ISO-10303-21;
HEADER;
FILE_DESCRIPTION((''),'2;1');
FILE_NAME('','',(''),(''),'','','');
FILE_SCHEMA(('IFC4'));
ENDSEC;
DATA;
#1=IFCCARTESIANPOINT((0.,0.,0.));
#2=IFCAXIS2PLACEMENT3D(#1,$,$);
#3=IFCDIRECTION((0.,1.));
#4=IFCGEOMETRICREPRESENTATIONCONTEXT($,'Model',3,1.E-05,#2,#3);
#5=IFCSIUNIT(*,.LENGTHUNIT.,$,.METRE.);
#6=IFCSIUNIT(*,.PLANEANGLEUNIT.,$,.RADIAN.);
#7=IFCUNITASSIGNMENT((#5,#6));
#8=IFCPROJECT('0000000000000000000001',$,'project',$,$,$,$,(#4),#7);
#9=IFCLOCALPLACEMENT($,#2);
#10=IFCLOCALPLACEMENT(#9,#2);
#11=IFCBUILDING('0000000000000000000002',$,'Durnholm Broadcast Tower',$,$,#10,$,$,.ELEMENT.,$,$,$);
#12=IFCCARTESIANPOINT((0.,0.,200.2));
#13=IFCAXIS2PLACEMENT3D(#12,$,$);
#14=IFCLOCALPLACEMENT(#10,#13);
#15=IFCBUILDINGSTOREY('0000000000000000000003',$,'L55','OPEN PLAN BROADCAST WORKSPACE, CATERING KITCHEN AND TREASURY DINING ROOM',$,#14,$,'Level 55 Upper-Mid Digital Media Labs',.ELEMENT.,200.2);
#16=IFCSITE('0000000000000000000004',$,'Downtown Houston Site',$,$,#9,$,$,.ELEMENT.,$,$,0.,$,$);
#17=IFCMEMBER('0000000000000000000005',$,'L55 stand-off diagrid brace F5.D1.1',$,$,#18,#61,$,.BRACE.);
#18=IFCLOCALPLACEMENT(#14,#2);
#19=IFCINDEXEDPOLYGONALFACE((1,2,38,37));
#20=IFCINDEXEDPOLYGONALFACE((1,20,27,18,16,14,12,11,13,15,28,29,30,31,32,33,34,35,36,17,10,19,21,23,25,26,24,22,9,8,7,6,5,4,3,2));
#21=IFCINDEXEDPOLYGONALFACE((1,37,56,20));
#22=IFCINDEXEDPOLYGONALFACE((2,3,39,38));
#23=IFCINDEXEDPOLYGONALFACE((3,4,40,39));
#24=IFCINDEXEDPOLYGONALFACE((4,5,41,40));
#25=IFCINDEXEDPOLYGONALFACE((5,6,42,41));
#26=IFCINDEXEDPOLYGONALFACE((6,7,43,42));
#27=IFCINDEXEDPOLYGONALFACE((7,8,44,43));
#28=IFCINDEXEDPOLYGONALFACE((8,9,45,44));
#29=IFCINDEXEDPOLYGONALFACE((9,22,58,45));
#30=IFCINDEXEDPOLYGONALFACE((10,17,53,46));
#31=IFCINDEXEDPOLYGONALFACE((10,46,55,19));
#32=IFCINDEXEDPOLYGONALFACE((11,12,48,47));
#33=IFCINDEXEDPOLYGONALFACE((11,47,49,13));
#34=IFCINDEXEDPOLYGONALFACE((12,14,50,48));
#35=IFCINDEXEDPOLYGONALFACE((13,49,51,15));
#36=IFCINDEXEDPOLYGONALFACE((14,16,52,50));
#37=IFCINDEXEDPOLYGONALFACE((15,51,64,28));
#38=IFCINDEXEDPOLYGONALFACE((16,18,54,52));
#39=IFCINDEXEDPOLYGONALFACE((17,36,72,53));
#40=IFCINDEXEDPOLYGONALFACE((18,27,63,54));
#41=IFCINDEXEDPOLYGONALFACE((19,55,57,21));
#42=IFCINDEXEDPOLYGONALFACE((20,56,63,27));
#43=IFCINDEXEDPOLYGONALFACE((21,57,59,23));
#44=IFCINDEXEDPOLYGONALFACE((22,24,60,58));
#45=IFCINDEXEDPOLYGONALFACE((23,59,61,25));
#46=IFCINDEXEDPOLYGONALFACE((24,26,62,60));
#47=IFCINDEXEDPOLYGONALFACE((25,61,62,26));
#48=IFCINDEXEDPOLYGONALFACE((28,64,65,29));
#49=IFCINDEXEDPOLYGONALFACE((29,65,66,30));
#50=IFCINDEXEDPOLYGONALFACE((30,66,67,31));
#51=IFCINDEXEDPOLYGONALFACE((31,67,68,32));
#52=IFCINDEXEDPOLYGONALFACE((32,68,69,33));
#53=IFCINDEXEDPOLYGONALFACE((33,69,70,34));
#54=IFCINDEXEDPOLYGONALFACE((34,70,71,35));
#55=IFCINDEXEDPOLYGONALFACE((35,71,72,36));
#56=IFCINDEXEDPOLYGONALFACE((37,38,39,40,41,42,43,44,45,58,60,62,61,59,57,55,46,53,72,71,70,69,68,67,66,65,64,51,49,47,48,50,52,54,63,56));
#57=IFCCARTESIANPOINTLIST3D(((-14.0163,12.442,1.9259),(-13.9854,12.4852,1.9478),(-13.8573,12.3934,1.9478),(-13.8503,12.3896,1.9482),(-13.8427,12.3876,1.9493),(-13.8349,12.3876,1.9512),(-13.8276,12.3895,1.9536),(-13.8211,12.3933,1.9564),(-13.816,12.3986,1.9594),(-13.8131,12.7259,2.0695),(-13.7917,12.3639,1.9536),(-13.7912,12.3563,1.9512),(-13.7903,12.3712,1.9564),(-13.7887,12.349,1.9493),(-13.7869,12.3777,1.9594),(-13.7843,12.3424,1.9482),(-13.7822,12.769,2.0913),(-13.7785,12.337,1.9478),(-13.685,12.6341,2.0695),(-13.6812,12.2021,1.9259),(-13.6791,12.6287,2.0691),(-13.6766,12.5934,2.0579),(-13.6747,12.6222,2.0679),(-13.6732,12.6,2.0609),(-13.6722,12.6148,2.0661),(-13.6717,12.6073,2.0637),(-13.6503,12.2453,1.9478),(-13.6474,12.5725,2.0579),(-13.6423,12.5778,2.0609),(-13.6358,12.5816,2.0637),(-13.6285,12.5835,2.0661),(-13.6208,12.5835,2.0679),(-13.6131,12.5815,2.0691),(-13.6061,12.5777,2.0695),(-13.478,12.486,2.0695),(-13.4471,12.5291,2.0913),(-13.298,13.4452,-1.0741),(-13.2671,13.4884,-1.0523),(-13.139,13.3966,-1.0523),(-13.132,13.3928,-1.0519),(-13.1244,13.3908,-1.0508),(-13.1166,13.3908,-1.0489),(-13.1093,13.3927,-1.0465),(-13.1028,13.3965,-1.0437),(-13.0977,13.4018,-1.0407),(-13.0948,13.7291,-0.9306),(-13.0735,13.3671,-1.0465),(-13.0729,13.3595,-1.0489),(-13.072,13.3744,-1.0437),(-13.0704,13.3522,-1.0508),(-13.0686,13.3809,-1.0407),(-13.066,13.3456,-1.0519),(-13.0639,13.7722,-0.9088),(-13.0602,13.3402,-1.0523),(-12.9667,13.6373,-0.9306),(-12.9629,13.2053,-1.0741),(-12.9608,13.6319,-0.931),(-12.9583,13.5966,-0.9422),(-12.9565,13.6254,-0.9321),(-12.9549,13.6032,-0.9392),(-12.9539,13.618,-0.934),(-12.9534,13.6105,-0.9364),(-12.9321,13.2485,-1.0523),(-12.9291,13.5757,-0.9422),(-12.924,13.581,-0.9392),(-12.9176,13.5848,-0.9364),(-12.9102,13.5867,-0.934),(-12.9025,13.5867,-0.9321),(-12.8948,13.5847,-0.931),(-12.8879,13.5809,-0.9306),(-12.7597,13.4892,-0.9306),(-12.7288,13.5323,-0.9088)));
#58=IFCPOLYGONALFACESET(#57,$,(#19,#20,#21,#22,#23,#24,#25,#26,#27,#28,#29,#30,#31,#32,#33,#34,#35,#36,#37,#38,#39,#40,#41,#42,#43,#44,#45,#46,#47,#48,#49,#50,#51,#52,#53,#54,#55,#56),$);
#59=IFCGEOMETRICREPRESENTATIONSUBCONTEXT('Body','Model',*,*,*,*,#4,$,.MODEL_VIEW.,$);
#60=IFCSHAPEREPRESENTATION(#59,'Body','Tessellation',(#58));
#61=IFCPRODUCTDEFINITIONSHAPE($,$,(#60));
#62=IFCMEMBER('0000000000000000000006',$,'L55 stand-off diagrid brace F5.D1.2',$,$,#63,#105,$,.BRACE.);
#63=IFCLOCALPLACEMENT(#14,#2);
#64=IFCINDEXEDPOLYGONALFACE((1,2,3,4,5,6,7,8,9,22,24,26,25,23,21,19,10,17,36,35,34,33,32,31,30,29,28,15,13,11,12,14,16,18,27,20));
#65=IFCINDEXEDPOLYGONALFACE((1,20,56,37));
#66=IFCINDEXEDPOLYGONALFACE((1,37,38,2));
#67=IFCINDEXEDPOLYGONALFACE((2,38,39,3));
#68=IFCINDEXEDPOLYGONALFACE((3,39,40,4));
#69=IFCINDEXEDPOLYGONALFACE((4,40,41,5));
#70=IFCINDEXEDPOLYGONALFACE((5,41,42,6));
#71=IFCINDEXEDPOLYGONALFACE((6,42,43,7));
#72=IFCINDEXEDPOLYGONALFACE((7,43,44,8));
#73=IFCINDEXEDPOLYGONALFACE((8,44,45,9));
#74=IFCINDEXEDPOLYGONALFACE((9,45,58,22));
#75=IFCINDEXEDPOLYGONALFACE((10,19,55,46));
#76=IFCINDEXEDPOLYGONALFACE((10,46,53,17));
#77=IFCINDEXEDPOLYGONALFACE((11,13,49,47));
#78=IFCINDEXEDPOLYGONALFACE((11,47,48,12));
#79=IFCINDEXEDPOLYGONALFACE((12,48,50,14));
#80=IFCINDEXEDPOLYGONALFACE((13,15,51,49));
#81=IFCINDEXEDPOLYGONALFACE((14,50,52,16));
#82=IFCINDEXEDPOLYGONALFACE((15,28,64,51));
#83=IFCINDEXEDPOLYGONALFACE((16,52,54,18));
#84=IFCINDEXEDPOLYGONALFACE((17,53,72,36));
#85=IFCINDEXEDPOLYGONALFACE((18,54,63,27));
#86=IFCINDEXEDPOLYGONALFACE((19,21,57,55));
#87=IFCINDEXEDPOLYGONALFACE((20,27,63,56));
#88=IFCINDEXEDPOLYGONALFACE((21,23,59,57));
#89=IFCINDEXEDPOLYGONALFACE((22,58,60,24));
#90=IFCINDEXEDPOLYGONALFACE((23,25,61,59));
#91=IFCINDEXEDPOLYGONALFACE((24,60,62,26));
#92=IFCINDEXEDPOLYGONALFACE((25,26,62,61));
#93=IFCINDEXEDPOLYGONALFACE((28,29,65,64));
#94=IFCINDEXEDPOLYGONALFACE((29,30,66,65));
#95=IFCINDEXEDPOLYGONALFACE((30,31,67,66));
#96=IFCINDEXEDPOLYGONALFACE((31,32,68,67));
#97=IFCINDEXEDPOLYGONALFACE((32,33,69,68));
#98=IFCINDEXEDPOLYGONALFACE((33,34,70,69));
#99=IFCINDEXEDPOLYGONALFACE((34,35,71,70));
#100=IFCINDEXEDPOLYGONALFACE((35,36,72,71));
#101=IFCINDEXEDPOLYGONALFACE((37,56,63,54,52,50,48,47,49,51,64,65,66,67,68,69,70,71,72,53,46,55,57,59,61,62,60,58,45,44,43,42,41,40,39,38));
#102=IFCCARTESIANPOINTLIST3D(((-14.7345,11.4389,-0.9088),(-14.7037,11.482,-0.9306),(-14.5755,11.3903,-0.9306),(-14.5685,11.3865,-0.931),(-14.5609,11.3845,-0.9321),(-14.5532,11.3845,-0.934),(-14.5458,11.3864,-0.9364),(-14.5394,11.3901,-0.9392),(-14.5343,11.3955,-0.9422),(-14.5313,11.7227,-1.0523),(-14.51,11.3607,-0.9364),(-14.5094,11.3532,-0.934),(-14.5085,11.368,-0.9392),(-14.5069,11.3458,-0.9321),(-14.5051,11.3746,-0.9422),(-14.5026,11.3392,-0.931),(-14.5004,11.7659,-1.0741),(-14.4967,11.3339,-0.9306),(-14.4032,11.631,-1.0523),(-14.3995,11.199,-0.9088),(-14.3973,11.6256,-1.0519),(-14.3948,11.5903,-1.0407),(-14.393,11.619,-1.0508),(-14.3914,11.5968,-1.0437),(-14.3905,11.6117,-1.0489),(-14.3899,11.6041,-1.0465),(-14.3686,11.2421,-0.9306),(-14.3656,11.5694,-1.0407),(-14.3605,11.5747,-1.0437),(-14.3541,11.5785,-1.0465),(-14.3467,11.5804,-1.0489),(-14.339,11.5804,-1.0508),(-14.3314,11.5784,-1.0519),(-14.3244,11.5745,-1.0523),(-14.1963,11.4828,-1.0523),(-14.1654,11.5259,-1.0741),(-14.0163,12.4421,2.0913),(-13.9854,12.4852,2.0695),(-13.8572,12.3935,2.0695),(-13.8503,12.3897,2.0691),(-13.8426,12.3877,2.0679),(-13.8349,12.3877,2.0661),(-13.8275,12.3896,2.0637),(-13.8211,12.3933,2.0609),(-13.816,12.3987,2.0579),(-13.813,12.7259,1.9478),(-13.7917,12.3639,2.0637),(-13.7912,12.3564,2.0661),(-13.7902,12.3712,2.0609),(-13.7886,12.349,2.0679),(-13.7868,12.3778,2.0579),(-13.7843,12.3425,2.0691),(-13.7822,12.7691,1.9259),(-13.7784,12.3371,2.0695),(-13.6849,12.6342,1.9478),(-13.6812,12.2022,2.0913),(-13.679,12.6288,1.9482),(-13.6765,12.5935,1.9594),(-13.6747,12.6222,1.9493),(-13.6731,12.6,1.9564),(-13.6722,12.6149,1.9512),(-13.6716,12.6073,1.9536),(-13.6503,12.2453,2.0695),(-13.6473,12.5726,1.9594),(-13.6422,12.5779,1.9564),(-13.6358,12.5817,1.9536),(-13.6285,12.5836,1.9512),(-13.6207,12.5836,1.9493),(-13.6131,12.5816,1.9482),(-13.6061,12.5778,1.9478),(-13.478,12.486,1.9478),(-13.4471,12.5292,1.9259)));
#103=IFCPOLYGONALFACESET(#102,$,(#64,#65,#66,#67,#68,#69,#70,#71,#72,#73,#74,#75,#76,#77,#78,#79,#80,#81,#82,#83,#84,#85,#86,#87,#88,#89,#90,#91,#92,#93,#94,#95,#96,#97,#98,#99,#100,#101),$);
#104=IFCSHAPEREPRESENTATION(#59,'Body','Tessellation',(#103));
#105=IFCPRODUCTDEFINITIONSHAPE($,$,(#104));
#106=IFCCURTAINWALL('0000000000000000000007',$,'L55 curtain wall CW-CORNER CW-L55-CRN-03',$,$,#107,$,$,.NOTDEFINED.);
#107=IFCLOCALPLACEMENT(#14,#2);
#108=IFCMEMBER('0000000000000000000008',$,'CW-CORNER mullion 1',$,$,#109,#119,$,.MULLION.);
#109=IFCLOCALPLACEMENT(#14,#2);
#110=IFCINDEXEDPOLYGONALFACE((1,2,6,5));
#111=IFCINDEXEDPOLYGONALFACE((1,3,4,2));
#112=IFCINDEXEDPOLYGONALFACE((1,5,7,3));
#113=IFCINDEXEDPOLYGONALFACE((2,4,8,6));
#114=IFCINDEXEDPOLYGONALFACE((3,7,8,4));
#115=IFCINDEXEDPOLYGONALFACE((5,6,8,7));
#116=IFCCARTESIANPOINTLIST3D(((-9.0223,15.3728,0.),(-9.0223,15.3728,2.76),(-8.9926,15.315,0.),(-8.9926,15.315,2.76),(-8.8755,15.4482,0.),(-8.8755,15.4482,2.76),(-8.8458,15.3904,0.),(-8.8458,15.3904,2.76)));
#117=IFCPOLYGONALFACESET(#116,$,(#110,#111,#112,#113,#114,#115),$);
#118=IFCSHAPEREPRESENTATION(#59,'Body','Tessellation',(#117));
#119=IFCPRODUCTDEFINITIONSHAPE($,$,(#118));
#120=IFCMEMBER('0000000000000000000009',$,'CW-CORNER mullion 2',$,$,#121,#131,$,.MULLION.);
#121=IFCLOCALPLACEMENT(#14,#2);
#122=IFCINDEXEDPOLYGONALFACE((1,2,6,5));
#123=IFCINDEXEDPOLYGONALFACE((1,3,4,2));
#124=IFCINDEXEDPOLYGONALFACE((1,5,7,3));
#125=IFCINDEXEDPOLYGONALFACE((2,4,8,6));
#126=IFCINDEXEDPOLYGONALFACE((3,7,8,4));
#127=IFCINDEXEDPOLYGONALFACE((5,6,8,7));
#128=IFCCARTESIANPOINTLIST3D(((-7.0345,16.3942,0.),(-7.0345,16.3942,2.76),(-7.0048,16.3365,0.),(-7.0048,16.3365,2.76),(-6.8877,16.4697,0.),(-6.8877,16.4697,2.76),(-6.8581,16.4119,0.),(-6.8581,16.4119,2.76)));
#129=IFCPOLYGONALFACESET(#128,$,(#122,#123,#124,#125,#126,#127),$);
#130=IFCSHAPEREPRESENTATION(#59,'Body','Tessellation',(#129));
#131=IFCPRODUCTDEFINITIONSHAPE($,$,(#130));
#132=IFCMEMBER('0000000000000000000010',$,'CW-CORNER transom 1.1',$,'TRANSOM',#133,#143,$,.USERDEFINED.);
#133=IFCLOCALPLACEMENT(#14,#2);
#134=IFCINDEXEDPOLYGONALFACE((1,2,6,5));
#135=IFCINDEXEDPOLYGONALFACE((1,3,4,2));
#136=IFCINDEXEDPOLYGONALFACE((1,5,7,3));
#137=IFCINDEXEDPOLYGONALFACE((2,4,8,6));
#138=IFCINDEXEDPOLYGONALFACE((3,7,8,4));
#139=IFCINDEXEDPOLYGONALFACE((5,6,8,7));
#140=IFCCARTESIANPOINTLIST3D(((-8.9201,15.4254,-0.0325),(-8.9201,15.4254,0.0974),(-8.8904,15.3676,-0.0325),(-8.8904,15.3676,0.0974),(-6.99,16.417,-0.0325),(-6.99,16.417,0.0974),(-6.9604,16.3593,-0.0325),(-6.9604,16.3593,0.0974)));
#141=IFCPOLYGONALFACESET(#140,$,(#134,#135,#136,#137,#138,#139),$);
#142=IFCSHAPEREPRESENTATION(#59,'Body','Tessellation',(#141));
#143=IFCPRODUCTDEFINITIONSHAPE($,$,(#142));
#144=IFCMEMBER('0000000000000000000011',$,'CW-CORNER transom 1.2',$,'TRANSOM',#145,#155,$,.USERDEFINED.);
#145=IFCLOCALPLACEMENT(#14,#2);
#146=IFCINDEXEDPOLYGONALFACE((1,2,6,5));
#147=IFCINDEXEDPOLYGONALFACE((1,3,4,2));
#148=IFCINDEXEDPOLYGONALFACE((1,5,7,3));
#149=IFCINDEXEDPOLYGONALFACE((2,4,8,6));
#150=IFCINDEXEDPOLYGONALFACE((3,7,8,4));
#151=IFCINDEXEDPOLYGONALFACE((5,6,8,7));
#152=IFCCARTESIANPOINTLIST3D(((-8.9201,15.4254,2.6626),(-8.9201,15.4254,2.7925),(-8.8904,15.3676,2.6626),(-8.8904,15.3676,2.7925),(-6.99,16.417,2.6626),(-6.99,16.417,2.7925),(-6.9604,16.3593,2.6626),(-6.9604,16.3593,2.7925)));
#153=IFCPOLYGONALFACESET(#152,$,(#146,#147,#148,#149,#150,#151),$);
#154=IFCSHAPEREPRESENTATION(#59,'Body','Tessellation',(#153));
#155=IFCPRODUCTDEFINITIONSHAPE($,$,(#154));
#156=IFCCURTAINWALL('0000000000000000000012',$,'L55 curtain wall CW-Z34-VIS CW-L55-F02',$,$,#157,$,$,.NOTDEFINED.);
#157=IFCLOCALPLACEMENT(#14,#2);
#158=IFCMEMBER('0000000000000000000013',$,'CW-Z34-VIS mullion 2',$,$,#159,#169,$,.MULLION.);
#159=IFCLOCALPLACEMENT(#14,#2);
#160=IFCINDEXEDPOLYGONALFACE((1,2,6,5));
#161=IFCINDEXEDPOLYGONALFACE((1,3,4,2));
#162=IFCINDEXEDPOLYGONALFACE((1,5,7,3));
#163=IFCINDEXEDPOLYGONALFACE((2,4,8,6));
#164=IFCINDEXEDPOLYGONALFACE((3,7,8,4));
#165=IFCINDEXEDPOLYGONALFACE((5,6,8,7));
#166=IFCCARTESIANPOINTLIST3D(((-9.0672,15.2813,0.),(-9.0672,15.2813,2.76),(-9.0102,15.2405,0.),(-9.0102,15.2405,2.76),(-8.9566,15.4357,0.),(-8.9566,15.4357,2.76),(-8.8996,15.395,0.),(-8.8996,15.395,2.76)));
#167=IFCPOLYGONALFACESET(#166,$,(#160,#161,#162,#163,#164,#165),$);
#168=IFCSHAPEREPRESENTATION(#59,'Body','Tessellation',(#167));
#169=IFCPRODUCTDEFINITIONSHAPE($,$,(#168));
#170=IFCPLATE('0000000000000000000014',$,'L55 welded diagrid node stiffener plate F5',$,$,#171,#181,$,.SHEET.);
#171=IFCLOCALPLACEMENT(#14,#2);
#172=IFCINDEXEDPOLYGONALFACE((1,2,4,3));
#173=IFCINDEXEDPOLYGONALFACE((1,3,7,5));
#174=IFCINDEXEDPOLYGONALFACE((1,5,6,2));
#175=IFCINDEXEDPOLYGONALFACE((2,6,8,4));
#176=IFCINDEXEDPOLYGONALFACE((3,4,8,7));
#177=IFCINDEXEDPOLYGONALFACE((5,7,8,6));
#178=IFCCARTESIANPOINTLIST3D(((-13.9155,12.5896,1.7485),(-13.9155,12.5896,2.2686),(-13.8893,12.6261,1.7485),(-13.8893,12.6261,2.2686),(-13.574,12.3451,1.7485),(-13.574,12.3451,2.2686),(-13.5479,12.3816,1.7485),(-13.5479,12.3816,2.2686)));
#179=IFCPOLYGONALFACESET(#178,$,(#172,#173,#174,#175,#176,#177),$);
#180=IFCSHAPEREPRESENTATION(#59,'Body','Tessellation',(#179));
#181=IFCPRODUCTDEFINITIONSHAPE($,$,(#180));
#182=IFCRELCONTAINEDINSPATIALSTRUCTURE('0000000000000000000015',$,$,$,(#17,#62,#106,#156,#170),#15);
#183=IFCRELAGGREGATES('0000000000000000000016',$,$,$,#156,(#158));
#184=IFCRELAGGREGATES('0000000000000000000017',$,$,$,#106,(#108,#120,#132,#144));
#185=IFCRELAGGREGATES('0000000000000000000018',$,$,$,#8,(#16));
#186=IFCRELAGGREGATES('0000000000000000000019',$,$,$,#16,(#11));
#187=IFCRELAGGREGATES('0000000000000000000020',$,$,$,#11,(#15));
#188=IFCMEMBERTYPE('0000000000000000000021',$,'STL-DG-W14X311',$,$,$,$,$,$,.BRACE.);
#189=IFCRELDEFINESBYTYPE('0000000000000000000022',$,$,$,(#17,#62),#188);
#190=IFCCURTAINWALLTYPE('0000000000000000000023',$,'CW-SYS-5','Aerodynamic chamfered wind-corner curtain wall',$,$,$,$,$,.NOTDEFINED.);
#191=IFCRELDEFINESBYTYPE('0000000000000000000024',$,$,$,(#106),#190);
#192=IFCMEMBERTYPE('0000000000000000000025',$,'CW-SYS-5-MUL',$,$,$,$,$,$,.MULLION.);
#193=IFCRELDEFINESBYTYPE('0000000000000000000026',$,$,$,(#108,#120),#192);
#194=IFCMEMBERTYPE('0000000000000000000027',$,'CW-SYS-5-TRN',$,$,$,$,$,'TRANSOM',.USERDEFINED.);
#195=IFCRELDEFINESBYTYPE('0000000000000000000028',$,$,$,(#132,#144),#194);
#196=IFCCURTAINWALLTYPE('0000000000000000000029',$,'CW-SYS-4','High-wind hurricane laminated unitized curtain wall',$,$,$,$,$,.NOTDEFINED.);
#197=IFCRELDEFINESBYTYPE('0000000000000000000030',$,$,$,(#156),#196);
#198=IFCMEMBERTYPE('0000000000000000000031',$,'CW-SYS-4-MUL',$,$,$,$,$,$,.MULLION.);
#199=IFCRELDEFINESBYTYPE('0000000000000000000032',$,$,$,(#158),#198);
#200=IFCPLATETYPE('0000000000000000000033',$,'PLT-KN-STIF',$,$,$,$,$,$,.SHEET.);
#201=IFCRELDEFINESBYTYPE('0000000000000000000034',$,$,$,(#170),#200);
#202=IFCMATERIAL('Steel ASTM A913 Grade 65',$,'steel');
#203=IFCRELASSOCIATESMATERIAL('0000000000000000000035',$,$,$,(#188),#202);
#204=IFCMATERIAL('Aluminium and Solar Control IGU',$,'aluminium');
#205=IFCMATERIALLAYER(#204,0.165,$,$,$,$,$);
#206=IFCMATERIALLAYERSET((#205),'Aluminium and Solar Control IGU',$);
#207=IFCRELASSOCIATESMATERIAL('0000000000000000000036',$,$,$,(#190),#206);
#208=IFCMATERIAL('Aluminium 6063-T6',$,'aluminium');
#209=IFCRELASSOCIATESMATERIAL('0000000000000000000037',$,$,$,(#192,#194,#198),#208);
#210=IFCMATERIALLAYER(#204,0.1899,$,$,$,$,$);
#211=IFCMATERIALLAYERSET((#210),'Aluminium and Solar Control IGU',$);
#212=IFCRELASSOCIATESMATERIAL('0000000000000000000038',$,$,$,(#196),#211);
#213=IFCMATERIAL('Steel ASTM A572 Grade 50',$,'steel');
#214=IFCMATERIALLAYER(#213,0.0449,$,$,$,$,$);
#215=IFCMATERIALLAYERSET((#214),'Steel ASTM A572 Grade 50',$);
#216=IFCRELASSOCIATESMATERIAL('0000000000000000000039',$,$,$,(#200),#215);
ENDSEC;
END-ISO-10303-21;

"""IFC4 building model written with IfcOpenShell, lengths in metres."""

from ifc_helpers import new_model, si_unit, direction, frame, origin, origin_2d, place, context, subcontext, project, spatial, rectangle, i_section, extrude, source, transform, mapped, material, layer, layer_set, material_profile, profile_set, type_object, type_shapes, element, aggregate, save


model = new_model("IFC4")

# Units and contexts
model_context = context("Model", 3, precision=1e-05, world=origin(), true_north=direction((0.0, 1.0)))
body_context = subcontext(model_context, "Body", "Model", "MODEL_VIEW")
ifc_project = project(units=[si_unit("LENGTHUNIT", "METRE"), si_unit("PLANEANGLEUNIT", "RADIAN")], contexts=[model_context])

# Site, building, storey
site_placement = place(None, origin())
site = spatial("IfcSite", under=ifc_project, at=site_placement, Name="Downtown Houston Site", CompositionType="ELEMENT", RefElevation=0.0)
building_placement = place(site_placement, origin())
building = spatial("IfcBuilding", under=site, at=building_placement, Name="Durnholm Broadcast Tower", CompositionType="ELEMENT")
storey_placement = place(building_placement, frame((0.0, 0.0, 200.2)))
storey = spatial("IfcBuildingStorey", under=building, at=storey_placement, Name="L55", Description="OPEN PLAN BROADCAST WORKSPACE, CATERING KITCHEN AND TREASURY DINING ROOM", LongName="Level 55 Upper-Mid Digital Media Labs", CompositionType="ELEMENT", Elevation=200.2)

# Members
ifc_material_1 = material(Name="Steel ASTM A913 Grade 65", Category="steel")
ifc_material_profile_1 = material_profile(ifc_material_1, i_section(OverallWidth=0.4121, OverallDepth=0.4348, WebThickness=0.0359, FlangeThickness=0.0574, FilletRadius=0.0305, at=origin_2d()), Name="W14X311")
ifc_profile_set_1 = profile_set([ifc_material_profile_1], Name="Steel ASTM A913 Grade 65")
member_type_1 = type_object("IfcMemberType", Name="STL-DG-W14X311", PredefinedType="BRACE", material=ifc_profile_set_1)
shared_shape_1 = source(origin(), body_context, "Body", "SweptSolid", [
    extrude(i_section(OverallWidth=0.4121, OverallDepth=0.4348, WebThickness=0.0359, FlangeThickness=0.0574, FilletRadius=0.0305, at=origin_2d()), origin(), (0.0, 0.0, 1.0), 3.2439),
])
type_shapes(member_type_1, [shared_shape_1])
for number, where, z_axis, x_axis, name in (
    (1, (-13.0134, 13.4888, -0.9915), (-0.221426, -0.309259, 0.92484), (0.813078, -0.582155, 0.0), "L55 stand-off diagrid brace F5.D1.1"),
    (2, (-14.45, 11.4824, -0.9915), (0.221426, 0.309259, 0.92484), (-0.813078, 0.582155, 0.0), "L55 stand-off diagrid brace F5.D1.2"),
):
    element("IfcMember", number, at=place(storey_placement, frame(where, z_axis=z_axis, x_axis=x_axis)), inside=storey, type_object=member_type_1, Name=name, PredefinedType="BRACE", context=body_context, shape_type="MappedRepresentation", body=[
        mapped(shared_shape_1, transform((0.0, 0.0, 0.0), x_axis=(1.0, 0.0, 0.0), y_axis=(0.0, 1.0, 0.0), z_axis=(0.0, 0.0, 1.0), scale=1.0)),
    ])

# Curtain wall, members
ifc_material_2 = material(Name="Aluminium and Solar Control IGU", Category="aluminium")
ifc_layer_1 = layer(ifc_material_2, 0.165)
ifc_layer_set_1 = layer_set([ifc_layer_1], Name="Aluminium and Solar Control IGU")
curtain_wall_type_1 = type_object("IfcCurtainWallType", Name="CW-SYS-5", Description="Aerodynamic chamfered wind-corner curtain wall", PredefinedType="NOTDEFINED", material=ifc_layer_set_1)
curtain_wall_1_placement = place(storey_placement, origin())
curtain_wall_1 = element("IfcCurtainWall", 3, at=curtain_wall_1_placement, inside=storey, type_object=curtain_wall_type_1, Name="L55 curtain wall CW-CORNER CW-L55-CRN-03", PredefinedType="NOTDEFINED")
ifc_material_3 = material(Name="Aluminium 6063-T6", Category="aluminium")
ifc_material_profile_2 = material_profile(ifc_material_3, rectangle(XDim=0.0649, YDim=0.165, at=origin_2d()), Name="CWM65X165")
ifc_profile_set_2 = profile_set([ifc_material_profile_2], Name="Aluminium 6063-T6")
member_type_2 = type_object("IfcMemberType", Name="CW-SYS-5-MUL", PredefinedType="MULLION", material=ifc_profile_set_2)
shared_shape_2 = source(origin(), body_context, "Body", "SweptSolid", [
    extrude(rectangle(XDim=0.0649, YDim=0.165, at=origin_2d()), origin(), (0.0, 0.0, 1.0), 2.76),
])
type_shapes(member_type_2, [shared_shape_2])
member_1_placement = place(storey_placement, frame((-8.9341, 15.3816, 0.0), z_axis=(0.0, 0.0, 1.0), x_axis=(-0.457082, 0.889425, 0.0)))
member_1 = element("IfcMember", 4, at=member_1_placement, type_object=member_type_2, Name="CW-CORNER mullion 1", PredefinedType="MULLION", context=body_context, shape_type="MappedRepresentation", body=[
    mapped(shared_shape_2, transform((0.0, 0.0, 0.0), x_axis=(1.0, 0.0, 0.0), y_axis=(0.0, 1.0, 0.0), z_axis=(0.0, 0.0, 1.0), scale=1.0)),
])
member_2_placement = place(storey_placement, frame((-6.9463, 16.4031, 0.0), z_axis=(0.0, 0.0, 1.0), x_axis=(-0.457082, 0.889425, 0.0)))
member_2 = element("IfcMember", 5, at=member_2_placement, type_object=member_type_2, Name="CW-CORNER mullion 2", PredefinedType="MULLION", context=body_context, shape_type="MappedRepresentation", body=[
    mapped(shared_shape_2, transform((0.0, 0.0, 0.0), x_axis=(1.0, 0.0, 0.0), y_axis=(0.0, 1.0, 0.0), z_axis=(0.0, 0.0, 1.0), scale=1.0)),
])
ifc_material_profile_3 = material_profile(ifc_material_3, rectangle(XDim=0.0649, YDim=0.1299, at=origin_2d()), Name="CWT65X130")
ifc_profile_set_3 = profile_set([ifc_material_profile_3], Name="Aluminium 6063-T6")
member_type_3 = type_object("IfcMemberType", Name="CW-SYS-5-TRN", ElementType="TRANSOM", PredefinedType="USERDEFINED", material=ifc_profile_set_3)
shared_shape_3 = source(origin(), body_context, "Body", "SweptSolid", [
    extrude(rectangle(XDim=0.0649, YDim=0.1299, at=origin_2d()), origin(), (0.0, 0.0, 1.0), 2.1699),
])
type_shapes(member_type_3, [shared_shape_3])
member_3_placement = place(storey_placement, frame((-8.9053, 15.3965, 0.0325), z_axis=(0.889468, 0.456997, 0.0), x_axis=(-0.456997, 0.889468, 0.0)))
member_3 = element("IfcMember", 6, at=member_3_placement, type_object=member_type_3, Name="CW-CORNER transom 1.1", ObjectType="TRANSOM", PredefinedType="USERDEFINED", context=body_context, shape_type="MappedRepresentation", body=[
    mapped(shared_shape_3, transform((0.0, 0.0, 0.0), x_axis=(1.0, 0.0, 0.0), y_axis=(0.0, 1.0, 0.0), z_axis=(0.0, 0.0, 1.0), scale=1.0)),
])
member_4_placement = place(storey_placement, frame((-8.9053, 15.3965, 2.7275), z_axis=(0.889468, 0.456997, 0.0), x_axis=(-0.456997, 0.889468, 0.0)))
member_4 = element("IfcMember", 7, at=member_4_placement, type_object=member_type_3, Name="CW-CORNER transom 1.2", ObjectType="TRANSOM", PredefinedType="USERDEFINED", context=body_context, shape_type="MappedRepresentation", body=[
    mapped(shared_shape_3, transform((0.0, 0.0, 0.0), x_axis=(1.0, 0.0, 0.0), y_axis=(0.0, 1.0, 0.0), z_axis=(0.0, 0.0, 1.0), scale=1.0)),
])

# Curtain wall, member
ifc_layer_2 = layer(ifc_material_2, 0.1899)
ifc_layer_set_2 = layer_set([ifc_layer_2], Name="Aluminium and Solar Control IGU")
curtain_wall_type_2 = type_object("IfcCurtainWallType", Name="CW-SYS-4", Description="High-wind hurricane laminated unitized curtain wall", PredefinedType="NOTDEFINED", material=ifc_layer_set_2)
curtain_wall_2_placement = place(storey_placement, origin())
curtain_wall_2 = element("IfcCurtainWall", 8, at=curtain_wall_2_placement, inside=storey, type_object=curtain_wall_type_2, Name="L55 curtain wall CW-Z34-VIS CW-L55-F02", PredefinedType="NOTDEFINED")
ifc_material_profile_4 = material_profile(ifc_material_3, rectangle(XDim=0.0701, YDim=0.1899, at=origin_2d()), Name="CWM70X190")
ifc_profile_set_4 = profile_set([ifc_material_profile_4], Name="Aluminium 6063-T6")
member_type_4 = type_object("IfcMemberType", Name="CW-SYS-4-MUL", PredefinedType="MULLION", material=ifc_profile_set_4)
shared_shape_4 = source(origin(), body_context, "Body", "SweptSolid", [
    extrude(rectangle(XDim=0.0701, YDim=0.1899, at=origin_2d()), origin(), (0.0, 0.0, 1.0), 2.76),
])
type_shapes(member_type_4, [shared_shape_4])
member_5_placement = place(storey_placement, frame((-8.9834, 15.3381, 0.0), z_axis=(0.0, 0.0, 1.0), x_axis=(-0.813089, 0.582139, 0.0)))
member_5 = element("IfcMember", 9, at=member_5_placement, type_object=member_type_4, Name="CW-Z34-VIS mullion 2", PredefinedType="MULLION", context=body_context, shape_type="MappedRepresentation", body=[
    mapped(shared_shape_4, transform((0.0, 0.0, 0.0), x_axis=(1.0, 0.0, 0.0), y_axis=(0.0, 1.0, 0.0), z_axis=(0.0, 0.0, 1.0), scale=1.0)),
])
aggregate(curtain_wall_2, [member_5])

# Plate
ifc_material_4 = material(Name="Steel ASTM A572 Grade 50", Category="steel")
ifc_layer_3 = layer(ifc_material_4, 0.0449)
ifc_layer_set_3 = layer_set([ifc_layer_3], Name="Steel ASTM A572 Grade 50")
plate_type_1 = type_object("IfcPlateType", Name="PLT-KN-STIF", PredefinedType="SHEET", material=ifc_layer_set_3)
shared_shape_5 = source(origin(), body_context, "Body", "SweptSolid", [
    extrude(rectangle(XDim=0.0449, YDim=0.4199, at=origin_2d()), origin(), (0.0, 0.0, 1.0), 0.52),
])
type_shapes(plate_type_1, [shared_shape_5])
plate_1_placement = place(storey_placement, frame((-13.7317, 12.4856, 1.7485), z_axis=(0.0, 0.0, 1.0), x_axis=(-0.582123, -0.813101, 0.0)))
element("IfcPlate", 10, at=plate_1_placement, inside=storey, type_object=plate_type_1, Name="L55 welded diagrid node stiffener plate F5", PredefinedType="SHEET", context=body_context, shape_type="MappedRepresentation", body=[
    mapped(shared_shape_5, transform((0.0, 0.0, 0.0), x_axis=(1.0, 0.0, 0.0), y_axis=(0.0, 1.0, 0.0), z_axis=(0.0, 0.0, 1.0), scale=1.0)),
])

aggregate(curtain_wall_1, [member_1, member_2, member_3, member_4])

save(model, "model.ifc")
